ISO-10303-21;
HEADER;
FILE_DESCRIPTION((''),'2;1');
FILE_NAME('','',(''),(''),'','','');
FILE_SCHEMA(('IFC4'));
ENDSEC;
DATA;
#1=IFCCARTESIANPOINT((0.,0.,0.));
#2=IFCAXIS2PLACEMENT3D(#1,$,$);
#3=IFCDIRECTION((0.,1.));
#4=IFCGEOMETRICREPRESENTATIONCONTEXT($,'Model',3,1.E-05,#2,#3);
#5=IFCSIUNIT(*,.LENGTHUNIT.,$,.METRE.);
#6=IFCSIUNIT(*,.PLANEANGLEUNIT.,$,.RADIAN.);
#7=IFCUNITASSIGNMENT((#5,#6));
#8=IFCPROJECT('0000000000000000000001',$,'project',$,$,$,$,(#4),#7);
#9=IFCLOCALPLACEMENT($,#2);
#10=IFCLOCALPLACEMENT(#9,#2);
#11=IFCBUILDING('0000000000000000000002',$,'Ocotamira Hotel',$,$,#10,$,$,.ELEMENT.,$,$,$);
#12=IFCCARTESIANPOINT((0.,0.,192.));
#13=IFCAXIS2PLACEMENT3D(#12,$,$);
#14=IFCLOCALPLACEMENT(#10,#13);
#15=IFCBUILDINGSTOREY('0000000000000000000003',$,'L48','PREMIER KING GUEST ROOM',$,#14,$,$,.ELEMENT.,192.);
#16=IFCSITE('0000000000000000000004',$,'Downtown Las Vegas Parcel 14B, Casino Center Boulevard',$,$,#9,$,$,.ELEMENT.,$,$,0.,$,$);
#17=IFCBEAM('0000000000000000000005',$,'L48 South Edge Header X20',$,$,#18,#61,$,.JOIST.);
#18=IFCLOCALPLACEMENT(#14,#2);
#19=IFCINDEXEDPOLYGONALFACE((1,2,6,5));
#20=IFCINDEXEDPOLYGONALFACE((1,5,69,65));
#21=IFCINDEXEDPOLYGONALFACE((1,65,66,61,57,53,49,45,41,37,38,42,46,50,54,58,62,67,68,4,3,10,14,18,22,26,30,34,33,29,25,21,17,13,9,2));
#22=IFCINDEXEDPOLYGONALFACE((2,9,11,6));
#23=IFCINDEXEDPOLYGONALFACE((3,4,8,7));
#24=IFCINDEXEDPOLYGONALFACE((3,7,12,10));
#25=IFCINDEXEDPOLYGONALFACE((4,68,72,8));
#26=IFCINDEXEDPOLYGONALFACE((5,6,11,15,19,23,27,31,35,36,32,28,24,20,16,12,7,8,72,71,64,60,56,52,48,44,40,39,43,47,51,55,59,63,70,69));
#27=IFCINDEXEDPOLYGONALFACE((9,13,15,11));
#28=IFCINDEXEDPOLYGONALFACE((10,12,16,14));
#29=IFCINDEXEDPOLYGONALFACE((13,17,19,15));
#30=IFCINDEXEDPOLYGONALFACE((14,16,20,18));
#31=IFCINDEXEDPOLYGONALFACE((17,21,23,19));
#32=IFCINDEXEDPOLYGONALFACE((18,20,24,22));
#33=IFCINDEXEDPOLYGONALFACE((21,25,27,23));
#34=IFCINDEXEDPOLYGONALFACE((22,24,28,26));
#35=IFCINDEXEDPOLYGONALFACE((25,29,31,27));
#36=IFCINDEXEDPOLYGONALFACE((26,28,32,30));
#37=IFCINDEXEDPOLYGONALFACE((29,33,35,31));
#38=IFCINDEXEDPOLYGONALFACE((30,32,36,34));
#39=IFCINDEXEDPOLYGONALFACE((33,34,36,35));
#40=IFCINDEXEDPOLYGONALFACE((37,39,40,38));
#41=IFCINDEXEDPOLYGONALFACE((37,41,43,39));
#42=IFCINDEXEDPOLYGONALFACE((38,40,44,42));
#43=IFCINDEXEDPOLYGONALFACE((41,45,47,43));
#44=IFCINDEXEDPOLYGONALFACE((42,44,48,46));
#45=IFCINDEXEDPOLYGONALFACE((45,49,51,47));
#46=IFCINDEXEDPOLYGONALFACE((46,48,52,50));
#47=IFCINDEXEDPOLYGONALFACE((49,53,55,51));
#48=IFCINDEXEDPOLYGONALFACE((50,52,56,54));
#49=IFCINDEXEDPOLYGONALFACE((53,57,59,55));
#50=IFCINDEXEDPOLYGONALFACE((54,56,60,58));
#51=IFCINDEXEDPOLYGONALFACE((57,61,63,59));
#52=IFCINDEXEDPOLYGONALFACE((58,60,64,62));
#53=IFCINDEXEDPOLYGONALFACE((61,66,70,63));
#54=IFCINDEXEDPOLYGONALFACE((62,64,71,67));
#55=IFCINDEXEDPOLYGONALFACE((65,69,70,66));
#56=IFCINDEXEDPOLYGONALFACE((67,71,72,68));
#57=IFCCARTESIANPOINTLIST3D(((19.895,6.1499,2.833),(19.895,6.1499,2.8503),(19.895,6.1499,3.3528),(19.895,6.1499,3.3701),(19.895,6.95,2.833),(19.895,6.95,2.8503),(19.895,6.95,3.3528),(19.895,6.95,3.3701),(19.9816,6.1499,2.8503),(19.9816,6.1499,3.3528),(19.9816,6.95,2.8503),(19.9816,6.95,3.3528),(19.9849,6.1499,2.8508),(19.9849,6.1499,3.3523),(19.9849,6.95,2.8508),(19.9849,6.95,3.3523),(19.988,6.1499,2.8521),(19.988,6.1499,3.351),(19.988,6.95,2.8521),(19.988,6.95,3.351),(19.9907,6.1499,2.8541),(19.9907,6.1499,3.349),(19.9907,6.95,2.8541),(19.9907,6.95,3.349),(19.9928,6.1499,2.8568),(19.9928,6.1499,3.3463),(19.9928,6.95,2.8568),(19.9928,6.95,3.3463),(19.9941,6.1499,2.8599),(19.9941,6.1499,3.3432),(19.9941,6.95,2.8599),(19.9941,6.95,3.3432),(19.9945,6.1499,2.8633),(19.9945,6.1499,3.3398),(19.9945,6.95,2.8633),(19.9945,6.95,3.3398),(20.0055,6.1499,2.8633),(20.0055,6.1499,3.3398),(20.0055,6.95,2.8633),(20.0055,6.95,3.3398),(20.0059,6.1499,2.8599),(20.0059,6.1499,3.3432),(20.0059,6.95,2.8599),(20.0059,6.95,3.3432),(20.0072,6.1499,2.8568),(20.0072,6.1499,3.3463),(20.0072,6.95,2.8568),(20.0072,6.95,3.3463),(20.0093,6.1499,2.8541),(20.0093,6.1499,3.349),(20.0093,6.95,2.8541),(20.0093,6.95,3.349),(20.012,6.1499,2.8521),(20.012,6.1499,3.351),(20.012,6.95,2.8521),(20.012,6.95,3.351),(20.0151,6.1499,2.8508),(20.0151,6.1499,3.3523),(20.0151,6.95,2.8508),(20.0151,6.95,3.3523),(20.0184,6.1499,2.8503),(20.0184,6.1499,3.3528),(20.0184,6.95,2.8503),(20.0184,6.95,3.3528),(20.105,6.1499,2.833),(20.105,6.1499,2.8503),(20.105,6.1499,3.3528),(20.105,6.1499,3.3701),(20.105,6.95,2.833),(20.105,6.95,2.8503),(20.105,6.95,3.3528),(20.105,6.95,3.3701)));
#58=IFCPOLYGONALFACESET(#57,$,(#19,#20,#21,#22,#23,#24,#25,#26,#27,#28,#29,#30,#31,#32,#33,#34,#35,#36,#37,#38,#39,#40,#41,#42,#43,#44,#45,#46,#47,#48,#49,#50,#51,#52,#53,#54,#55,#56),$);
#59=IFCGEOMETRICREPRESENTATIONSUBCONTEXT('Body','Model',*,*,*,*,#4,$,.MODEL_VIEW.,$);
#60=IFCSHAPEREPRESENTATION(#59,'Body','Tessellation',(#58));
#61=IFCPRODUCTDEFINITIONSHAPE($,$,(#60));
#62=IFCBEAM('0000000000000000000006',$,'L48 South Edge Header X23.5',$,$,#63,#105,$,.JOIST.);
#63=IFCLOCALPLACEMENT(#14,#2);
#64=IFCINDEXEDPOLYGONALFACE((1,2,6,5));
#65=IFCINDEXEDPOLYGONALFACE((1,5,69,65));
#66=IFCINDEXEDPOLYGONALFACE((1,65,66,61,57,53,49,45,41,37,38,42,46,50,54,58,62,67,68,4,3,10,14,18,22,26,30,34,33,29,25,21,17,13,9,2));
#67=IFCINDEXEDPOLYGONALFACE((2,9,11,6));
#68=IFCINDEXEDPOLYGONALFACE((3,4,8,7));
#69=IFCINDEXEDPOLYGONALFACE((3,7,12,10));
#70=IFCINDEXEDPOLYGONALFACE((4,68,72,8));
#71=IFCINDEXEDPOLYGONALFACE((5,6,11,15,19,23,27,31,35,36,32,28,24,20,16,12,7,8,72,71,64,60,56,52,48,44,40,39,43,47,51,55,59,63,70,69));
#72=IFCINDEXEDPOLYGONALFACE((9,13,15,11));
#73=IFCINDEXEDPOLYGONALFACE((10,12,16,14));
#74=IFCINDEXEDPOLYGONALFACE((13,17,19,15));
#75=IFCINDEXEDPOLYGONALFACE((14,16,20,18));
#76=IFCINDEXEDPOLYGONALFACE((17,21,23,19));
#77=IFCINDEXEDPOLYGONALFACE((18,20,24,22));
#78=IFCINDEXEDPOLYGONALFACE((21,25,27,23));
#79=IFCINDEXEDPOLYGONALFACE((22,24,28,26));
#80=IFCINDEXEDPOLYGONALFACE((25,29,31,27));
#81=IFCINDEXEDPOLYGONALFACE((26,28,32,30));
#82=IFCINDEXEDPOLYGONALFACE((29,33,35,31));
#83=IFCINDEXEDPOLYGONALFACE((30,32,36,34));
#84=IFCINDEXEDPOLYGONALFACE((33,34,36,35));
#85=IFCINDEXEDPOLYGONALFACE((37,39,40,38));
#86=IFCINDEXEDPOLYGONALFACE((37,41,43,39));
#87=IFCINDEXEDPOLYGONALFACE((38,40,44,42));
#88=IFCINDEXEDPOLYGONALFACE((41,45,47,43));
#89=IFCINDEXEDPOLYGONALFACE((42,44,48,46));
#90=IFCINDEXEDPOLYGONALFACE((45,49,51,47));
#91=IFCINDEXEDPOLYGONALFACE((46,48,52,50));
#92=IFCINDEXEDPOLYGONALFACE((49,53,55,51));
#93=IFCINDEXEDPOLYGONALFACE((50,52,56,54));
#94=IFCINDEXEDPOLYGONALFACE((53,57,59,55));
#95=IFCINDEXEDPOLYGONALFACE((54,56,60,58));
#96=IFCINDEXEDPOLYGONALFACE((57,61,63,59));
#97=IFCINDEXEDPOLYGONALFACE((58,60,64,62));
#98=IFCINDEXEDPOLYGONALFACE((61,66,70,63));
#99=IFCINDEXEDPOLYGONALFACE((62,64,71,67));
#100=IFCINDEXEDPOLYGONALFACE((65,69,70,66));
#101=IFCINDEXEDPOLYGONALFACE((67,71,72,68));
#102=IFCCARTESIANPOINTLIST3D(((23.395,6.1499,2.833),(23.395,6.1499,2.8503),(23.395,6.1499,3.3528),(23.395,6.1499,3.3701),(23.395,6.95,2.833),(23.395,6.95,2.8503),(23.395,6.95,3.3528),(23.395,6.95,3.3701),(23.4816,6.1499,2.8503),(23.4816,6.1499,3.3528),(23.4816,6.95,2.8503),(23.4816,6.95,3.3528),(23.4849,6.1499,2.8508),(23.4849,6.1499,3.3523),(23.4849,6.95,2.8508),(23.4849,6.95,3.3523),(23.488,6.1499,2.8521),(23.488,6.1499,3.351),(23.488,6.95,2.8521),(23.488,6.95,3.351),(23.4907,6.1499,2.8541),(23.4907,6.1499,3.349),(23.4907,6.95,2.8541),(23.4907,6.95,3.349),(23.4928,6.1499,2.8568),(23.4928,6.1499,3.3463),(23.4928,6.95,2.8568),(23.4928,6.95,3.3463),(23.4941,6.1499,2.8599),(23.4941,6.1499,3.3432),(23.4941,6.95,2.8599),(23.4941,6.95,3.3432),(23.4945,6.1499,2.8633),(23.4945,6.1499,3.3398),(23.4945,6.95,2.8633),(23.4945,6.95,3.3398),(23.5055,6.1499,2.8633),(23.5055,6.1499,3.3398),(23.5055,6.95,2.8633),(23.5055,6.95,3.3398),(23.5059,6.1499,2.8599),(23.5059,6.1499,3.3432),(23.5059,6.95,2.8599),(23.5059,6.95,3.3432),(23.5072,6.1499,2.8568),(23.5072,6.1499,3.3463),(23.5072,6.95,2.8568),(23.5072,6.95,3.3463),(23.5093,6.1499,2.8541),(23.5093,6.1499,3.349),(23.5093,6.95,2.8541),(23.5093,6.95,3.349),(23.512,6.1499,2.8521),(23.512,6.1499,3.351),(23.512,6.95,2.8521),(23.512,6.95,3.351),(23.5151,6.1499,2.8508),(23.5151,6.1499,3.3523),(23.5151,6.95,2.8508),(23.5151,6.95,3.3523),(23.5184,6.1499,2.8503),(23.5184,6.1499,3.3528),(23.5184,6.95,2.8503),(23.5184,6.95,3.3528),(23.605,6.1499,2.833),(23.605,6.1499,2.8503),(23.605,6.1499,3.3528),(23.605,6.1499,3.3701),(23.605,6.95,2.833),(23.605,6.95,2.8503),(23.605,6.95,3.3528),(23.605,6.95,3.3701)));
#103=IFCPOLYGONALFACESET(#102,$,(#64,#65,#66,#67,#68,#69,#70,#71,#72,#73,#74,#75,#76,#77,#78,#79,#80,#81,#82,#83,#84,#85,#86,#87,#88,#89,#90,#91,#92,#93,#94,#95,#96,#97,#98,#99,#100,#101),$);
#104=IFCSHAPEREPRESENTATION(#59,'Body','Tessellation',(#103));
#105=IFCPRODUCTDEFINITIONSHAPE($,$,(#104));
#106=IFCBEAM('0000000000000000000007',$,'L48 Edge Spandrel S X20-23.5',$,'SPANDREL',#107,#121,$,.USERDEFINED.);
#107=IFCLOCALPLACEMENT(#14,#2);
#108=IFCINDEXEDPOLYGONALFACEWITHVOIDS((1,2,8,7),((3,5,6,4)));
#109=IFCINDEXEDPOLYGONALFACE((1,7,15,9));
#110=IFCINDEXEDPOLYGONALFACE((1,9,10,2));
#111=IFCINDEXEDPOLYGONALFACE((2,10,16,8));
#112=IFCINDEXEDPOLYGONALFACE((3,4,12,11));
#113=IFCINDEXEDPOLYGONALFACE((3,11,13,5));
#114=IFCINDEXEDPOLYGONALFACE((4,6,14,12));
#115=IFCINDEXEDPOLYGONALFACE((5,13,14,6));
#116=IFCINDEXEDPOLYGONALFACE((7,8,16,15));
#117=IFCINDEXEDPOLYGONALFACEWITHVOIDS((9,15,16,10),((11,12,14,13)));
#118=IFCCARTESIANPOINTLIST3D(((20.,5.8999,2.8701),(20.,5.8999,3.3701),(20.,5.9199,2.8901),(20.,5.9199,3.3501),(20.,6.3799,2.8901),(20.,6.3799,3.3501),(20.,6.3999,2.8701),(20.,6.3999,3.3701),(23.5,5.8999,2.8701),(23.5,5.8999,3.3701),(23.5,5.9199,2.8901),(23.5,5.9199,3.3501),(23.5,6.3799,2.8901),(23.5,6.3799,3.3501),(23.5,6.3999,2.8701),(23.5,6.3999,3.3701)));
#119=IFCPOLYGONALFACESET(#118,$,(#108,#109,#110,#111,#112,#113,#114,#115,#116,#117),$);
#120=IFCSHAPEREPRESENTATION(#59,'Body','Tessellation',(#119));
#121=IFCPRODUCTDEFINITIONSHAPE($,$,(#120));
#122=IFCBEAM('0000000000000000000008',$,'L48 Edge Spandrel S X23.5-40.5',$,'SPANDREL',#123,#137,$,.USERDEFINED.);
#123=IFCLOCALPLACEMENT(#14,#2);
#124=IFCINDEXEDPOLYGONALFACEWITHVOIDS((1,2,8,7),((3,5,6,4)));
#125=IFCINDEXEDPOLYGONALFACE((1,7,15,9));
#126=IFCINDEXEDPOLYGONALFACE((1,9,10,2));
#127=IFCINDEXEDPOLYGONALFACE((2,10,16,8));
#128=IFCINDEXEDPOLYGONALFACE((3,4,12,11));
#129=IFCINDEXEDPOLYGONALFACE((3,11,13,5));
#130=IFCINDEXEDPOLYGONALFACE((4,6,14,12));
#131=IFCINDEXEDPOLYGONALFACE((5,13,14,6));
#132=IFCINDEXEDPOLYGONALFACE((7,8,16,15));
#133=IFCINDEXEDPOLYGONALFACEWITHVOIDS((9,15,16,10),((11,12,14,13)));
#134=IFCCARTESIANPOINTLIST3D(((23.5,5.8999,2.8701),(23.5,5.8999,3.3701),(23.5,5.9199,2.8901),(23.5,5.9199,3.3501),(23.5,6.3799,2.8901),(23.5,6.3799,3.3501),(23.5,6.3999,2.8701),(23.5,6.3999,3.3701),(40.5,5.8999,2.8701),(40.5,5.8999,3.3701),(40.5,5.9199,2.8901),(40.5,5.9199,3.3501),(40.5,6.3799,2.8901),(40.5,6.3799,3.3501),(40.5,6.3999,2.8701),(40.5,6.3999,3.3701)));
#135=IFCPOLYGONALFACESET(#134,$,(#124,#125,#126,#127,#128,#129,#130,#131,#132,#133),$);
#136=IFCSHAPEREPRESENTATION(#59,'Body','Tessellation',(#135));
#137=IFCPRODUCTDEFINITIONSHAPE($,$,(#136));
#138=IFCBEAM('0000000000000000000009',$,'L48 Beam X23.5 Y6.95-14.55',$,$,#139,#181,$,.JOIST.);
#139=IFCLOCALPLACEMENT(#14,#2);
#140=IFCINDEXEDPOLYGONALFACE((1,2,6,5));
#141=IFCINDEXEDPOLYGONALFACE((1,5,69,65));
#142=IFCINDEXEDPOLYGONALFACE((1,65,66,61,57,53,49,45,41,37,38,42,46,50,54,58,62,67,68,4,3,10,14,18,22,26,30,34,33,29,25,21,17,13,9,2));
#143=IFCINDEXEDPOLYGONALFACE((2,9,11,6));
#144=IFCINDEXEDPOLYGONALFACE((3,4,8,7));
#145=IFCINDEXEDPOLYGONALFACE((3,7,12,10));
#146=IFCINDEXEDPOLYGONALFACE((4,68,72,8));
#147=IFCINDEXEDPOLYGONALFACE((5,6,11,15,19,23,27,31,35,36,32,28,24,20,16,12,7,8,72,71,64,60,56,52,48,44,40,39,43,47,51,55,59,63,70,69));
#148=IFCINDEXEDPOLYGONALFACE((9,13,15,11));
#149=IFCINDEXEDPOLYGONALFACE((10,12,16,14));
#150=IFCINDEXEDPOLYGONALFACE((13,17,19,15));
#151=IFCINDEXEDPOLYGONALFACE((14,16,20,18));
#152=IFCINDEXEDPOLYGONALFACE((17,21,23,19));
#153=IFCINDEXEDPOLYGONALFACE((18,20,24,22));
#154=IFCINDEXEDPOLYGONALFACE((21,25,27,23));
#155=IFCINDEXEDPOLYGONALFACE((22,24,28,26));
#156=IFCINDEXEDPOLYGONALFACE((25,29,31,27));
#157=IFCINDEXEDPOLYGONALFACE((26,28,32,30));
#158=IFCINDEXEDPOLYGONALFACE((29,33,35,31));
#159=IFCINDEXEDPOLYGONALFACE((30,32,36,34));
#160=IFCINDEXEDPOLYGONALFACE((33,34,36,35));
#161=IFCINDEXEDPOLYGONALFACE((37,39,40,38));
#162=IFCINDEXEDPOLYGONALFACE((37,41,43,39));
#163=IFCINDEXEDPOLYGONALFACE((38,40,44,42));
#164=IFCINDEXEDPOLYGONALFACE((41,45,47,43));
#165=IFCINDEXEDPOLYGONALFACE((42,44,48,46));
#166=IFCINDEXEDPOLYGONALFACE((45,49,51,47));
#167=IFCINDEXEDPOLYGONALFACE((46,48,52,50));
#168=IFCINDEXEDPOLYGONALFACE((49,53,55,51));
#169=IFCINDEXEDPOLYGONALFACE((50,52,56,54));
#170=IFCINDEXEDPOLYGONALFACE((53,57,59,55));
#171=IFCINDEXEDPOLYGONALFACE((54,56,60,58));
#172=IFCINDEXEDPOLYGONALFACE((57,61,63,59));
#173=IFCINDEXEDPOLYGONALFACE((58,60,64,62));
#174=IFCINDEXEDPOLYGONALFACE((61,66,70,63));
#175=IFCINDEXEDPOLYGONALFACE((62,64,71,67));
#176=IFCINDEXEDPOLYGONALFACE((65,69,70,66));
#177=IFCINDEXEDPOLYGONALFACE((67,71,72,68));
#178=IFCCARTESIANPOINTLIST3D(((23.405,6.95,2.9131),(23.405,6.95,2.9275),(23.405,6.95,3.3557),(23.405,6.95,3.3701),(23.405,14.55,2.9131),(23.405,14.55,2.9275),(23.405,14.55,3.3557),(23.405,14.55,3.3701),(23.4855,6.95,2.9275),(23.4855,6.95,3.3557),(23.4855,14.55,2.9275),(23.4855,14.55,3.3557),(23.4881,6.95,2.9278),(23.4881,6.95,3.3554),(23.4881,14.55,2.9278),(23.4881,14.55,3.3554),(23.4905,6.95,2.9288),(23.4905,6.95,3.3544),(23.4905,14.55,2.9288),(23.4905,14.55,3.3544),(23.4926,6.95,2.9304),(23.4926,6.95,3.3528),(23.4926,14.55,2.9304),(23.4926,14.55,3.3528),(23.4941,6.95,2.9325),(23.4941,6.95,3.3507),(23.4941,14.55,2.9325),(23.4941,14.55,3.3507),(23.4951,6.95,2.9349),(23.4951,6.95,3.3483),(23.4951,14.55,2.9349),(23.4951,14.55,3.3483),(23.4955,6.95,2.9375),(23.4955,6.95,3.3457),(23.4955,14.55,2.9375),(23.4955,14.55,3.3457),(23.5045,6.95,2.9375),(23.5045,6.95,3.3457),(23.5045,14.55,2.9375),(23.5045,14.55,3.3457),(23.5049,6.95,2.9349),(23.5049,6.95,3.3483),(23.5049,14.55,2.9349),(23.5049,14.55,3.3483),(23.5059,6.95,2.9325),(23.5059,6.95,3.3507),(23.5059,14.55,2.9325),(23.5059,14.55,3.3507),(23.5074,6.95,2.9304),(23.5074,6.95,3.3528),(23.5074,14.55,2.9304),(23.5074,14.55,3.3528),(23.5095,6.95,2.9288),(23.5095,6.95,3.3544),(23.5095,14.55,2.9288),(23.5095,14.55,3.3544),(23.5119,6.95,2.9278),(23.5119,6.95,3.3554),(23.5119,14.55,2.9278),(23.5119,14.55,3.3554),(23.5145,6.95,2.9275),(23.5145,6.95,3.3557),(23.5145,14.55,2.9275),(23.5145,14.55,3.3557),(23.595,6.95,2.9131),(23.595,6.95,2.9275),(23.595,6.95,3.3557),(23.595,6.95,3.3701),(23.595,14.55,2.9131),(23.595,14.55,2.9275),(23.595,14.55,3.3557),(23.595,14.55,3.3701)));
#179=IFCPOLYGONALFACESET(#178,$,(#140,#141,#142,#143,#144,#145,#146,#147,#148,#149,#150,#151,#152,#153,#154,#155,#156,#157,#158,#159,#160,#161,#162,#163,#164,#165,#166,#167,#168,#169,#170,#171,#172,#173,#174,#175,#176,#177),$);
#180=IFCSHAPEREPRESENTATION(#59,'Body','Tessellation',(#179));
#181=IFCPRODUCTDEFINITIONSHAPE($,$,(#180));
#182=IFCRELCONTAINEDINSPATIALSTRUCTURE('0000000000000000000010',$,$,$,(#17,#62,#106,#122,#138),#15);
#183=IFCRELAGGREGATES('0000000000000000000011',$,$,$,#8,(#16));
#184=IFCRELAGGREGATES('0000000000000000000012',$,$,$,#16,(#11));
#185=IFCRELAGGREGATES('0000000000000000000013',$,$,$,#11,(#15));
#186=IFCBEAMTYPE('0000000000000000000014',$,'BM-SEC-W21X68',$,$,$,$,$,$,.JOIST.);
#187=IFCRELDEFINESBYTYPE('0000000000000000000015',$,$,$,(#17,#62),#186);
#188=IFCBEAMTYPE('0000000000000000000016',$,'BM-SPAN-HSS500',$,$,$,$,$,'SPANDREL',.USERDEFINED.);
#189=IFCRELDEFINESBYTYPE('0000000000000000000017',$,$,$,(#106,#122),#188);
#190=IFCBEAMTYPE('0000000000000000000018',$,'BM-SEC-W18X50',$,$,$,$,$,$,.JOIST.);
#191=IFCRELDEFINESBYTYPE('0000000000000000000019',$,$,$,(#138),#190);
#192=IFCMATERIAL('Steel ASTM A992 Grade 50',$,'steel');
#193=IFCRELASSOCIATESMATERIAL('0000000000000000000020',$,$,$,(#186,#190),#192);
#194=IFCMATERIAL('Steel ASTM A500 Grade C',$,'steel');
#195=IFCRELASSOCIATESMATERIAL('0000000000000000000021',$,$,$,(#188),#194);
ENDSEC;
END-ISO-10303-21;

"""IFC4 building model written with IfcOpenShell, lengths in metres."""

from ifc_helpers import new_model, si_unit, direction, frame, origin, origin_2d, place, context, subcontext, project, spatial, hollow_rectangle, i_section, extrude, source, transform, mapped, material, material_profile, profile_set, type_object, element, save


model = new_model("IFC4")

# Units and contexts
model_context = context("Model", 3, precision=1e-05, world=origin(), true_north=direction((0.0, 1.0)))
body_context = subcontext(model_context, "Body", "Model", "MODEL_VIEW")
ifc_project = project(units=[si_unit("LENGTHUNIT", "METRE"), si_unit("PLANEANGLEUNIT", "RADIAN")], contexts=[model_context])

# Site, building, storey
site_placement = place(None, origin())
site = spatial("IfcSite", under=ifc_project, at=site_placement, Name="Downtown Las Vegas Parcel 14B, Casino Center Boulevard", CompositionType="ELEMENT", RefElevation=0.0)
building_placement = place(site_placement, origin())
building = spatial("IfcBuilding", under=site, at=building_placement, Name="Ocotamira Hotel", CompositionType="ELEMENT")
storey_placement = place(building_placement, frame((0.0, 0.0, 192.0)))
storey = spatial("IfcBuildingStorey", under=building, at=storey_placement, Name="L48", Description="PREMIER KING GUEST ROOM", CompositionType="ELEMENT", Elevation=192.0)

# Beams
ifc_material_1 = material(Name="Steel ASTM A992 Grade 50", Category="steel")
ifc_material_profile_1 = material_profile(ifc_material_1, i_section(OverallWidth=0.21, OverallDepth=0.5371, WebThickness=0.011, FlangeThickness=0.0173, FilletRadius=0.0129, at=origin_2d()), Name="W21X68")
ifc_profile_set_1 = profile_set([ifc_material_profile_1], Name="Steel ASTM A992 Grade 50")
beam_type_1 = type_object("IfcBeamType", Name="BM-SEC-W21X68", PredefinedType="JOIST", material=ifc_profile_set_1)
shared_shape_1 = source(origin(), body_context, "Body", "SweptSolid", [
    extrude(i_section(OverallWidth=0.21, OverallDepth=0.5371, WebThickness=0.011, FlangeThickness=0.0173, FilletRadius=0.0129, at=origin_2d()), origin(), (0.0, 0.0, 1.0), 0.8),
])
for number, where, z_axis, x_axis, name in (
    (1, (20.0, 6.95, 3.1016), (0.0, -1.0, 0.0), (1.0, 0.0, 0.0), "L48 South Edge Header X20"),
    (2, (23.5, 6.95, 3.1016), (0.0, -1.0, 0.0), (1.0, 0.0, 0.0), "L48 South Edge Header X23.5"),
):
    element("IfcBeam", number, at=place(storey_placement, frame(where, z_axis=z_axis, x_axis=x_axis)), inside=storey, type_object=beam_type_1, Name=name, PredefinedType="JOIST", context=body_context, shape_type="MappedRepresentation", body=[
        mapped(shared_shape_1, transform((0.0, 0.0, 0.0), scale=1.0)),
    ])
ifc_material_2 = material(Name="Steel ASTM A500 Grade C", Category="steel")
ifc_material_profile_2 = material_profile(ifc_material_2, hollow_rectangle(XDim=0.5, YDim=0.5, WallThickness=0.02, at=origin_2d()), Name="HSS500X500X20")
ifc_profile_set_2 = profile_set([ifc_material_profile_2], Name="Steel ASTM A500 Grade C")
beam_type_2 = type_object("IfcBeamType", Name="BM-SPAN-HSS500", ElementType="SPANDREL", PredefinedType="USERDEFINED", material=ifc_profile_set_2)
shared_shape_2 = source(origin(), body_context, "Body", "SweptSolid", [
    extrude(hollow_rectangle(XDim=0.5, YDim=0.5, WallThickness=0.02, at=origin_2d()), origin(), (0.0, 0.0, 1.0), 3.5),
])
beam_1_placement = place(storey_placement, frame((20.0, 6.1499, 3.1201), z_axis=(1.0, 0.0, 0.0), x_axis=(0.0, 1.0, 0.0)))
element("IfcBeam", 3, at=beam_1_placement, inside=storey, type_object=beam_type_2, Name="L48 Edge Spandrel S X20-23.5", ObjectType="SPANDREL", PredefinedType="USERDEFINED", context=body_context, shape_type="MappedRepresentation", body=[
    mapped(shared_shape_2, transform((0.0, 0.0, 0.0), scale=1.0)),
])
shared_shape_3 = source(origin(), body_context, "Body", "SweptSolid", [
    extrude(hollow_rectangle(XDim=0.5, YDim=0.5, WallThickness=0.02, at=origin_2d()), origin(), (0.0, 0.0, 1.0), 17.0),
])
beam_2_placement = place(storey_placement, frame((23.5, 6.1499, 3.1201), z_axis=(1.0, 0.0, 0.0), x_axis=(0.0, 1.0, 0.0)))
element("IfcBeam", 4, at=beam_2_placement, inside=storey, type_object=beam_type_2, Name="L48 Edge Spandrel S X23.5-40.5", ObjectType="SPANDREL", PredefinedType="USERDEFINED", context=body_context, shape_type="MappedRepresentation", body=[
    mapped(shared_shape_3, transform((0.0, 0.0, 0.0), scale=1.0)),
])
ifc_material_profile_3 = material_profile(ifc_material_1, i_section(OverallWidth=0.1899, OverallDepth=0.457, WebThickness=0.009, FlangeThickness=0.0144, FilletRadius=0.01, at=origin_2d()), Name="W18X50")
ifc_profile_set_3 = profile_set([ifc_material_profile_3], Name="Steel ASTM A992 Grade 50")
beam_type_3 = type_object("IfcBeamType", Name="BM-SEC-W18X50", PredefinedType="JOIST", material=ifc_profile_set_3)
shared_shape_4 = source(origin(), body_context, "Body", "SweptSolid", [
    extrude(i_section(OverallWidth=0.1899, OverallDepth=0.457, WebThickness=0.009, FlangeThickness=0.0144, FilletRadius=0.01, at=origin_2d()), origin(), (0.0, 0.0, 1.0), 7.6001),
])
beam_3_placement = place(storey_placement, frame((23.5, 6.95, 3.1416), z_axis=(0.0, 1.0, 0.0), x_axis=(-1.0, 0.0, 0.0)))
element("IfcBeam", 5, at=beam_3_placement, inside=storey, type_object=beam_type_3, Name="L48 Beam X23.5 Y6.95-14.55", PredefinedType="JOIST", context=body_context, shape_type="MappedRepresentation", body=[
    mapped(shared_shape_4, transform((0.0, 0.0, 0.0), scale=1.0)),
])

save(model, "model.ifc")
